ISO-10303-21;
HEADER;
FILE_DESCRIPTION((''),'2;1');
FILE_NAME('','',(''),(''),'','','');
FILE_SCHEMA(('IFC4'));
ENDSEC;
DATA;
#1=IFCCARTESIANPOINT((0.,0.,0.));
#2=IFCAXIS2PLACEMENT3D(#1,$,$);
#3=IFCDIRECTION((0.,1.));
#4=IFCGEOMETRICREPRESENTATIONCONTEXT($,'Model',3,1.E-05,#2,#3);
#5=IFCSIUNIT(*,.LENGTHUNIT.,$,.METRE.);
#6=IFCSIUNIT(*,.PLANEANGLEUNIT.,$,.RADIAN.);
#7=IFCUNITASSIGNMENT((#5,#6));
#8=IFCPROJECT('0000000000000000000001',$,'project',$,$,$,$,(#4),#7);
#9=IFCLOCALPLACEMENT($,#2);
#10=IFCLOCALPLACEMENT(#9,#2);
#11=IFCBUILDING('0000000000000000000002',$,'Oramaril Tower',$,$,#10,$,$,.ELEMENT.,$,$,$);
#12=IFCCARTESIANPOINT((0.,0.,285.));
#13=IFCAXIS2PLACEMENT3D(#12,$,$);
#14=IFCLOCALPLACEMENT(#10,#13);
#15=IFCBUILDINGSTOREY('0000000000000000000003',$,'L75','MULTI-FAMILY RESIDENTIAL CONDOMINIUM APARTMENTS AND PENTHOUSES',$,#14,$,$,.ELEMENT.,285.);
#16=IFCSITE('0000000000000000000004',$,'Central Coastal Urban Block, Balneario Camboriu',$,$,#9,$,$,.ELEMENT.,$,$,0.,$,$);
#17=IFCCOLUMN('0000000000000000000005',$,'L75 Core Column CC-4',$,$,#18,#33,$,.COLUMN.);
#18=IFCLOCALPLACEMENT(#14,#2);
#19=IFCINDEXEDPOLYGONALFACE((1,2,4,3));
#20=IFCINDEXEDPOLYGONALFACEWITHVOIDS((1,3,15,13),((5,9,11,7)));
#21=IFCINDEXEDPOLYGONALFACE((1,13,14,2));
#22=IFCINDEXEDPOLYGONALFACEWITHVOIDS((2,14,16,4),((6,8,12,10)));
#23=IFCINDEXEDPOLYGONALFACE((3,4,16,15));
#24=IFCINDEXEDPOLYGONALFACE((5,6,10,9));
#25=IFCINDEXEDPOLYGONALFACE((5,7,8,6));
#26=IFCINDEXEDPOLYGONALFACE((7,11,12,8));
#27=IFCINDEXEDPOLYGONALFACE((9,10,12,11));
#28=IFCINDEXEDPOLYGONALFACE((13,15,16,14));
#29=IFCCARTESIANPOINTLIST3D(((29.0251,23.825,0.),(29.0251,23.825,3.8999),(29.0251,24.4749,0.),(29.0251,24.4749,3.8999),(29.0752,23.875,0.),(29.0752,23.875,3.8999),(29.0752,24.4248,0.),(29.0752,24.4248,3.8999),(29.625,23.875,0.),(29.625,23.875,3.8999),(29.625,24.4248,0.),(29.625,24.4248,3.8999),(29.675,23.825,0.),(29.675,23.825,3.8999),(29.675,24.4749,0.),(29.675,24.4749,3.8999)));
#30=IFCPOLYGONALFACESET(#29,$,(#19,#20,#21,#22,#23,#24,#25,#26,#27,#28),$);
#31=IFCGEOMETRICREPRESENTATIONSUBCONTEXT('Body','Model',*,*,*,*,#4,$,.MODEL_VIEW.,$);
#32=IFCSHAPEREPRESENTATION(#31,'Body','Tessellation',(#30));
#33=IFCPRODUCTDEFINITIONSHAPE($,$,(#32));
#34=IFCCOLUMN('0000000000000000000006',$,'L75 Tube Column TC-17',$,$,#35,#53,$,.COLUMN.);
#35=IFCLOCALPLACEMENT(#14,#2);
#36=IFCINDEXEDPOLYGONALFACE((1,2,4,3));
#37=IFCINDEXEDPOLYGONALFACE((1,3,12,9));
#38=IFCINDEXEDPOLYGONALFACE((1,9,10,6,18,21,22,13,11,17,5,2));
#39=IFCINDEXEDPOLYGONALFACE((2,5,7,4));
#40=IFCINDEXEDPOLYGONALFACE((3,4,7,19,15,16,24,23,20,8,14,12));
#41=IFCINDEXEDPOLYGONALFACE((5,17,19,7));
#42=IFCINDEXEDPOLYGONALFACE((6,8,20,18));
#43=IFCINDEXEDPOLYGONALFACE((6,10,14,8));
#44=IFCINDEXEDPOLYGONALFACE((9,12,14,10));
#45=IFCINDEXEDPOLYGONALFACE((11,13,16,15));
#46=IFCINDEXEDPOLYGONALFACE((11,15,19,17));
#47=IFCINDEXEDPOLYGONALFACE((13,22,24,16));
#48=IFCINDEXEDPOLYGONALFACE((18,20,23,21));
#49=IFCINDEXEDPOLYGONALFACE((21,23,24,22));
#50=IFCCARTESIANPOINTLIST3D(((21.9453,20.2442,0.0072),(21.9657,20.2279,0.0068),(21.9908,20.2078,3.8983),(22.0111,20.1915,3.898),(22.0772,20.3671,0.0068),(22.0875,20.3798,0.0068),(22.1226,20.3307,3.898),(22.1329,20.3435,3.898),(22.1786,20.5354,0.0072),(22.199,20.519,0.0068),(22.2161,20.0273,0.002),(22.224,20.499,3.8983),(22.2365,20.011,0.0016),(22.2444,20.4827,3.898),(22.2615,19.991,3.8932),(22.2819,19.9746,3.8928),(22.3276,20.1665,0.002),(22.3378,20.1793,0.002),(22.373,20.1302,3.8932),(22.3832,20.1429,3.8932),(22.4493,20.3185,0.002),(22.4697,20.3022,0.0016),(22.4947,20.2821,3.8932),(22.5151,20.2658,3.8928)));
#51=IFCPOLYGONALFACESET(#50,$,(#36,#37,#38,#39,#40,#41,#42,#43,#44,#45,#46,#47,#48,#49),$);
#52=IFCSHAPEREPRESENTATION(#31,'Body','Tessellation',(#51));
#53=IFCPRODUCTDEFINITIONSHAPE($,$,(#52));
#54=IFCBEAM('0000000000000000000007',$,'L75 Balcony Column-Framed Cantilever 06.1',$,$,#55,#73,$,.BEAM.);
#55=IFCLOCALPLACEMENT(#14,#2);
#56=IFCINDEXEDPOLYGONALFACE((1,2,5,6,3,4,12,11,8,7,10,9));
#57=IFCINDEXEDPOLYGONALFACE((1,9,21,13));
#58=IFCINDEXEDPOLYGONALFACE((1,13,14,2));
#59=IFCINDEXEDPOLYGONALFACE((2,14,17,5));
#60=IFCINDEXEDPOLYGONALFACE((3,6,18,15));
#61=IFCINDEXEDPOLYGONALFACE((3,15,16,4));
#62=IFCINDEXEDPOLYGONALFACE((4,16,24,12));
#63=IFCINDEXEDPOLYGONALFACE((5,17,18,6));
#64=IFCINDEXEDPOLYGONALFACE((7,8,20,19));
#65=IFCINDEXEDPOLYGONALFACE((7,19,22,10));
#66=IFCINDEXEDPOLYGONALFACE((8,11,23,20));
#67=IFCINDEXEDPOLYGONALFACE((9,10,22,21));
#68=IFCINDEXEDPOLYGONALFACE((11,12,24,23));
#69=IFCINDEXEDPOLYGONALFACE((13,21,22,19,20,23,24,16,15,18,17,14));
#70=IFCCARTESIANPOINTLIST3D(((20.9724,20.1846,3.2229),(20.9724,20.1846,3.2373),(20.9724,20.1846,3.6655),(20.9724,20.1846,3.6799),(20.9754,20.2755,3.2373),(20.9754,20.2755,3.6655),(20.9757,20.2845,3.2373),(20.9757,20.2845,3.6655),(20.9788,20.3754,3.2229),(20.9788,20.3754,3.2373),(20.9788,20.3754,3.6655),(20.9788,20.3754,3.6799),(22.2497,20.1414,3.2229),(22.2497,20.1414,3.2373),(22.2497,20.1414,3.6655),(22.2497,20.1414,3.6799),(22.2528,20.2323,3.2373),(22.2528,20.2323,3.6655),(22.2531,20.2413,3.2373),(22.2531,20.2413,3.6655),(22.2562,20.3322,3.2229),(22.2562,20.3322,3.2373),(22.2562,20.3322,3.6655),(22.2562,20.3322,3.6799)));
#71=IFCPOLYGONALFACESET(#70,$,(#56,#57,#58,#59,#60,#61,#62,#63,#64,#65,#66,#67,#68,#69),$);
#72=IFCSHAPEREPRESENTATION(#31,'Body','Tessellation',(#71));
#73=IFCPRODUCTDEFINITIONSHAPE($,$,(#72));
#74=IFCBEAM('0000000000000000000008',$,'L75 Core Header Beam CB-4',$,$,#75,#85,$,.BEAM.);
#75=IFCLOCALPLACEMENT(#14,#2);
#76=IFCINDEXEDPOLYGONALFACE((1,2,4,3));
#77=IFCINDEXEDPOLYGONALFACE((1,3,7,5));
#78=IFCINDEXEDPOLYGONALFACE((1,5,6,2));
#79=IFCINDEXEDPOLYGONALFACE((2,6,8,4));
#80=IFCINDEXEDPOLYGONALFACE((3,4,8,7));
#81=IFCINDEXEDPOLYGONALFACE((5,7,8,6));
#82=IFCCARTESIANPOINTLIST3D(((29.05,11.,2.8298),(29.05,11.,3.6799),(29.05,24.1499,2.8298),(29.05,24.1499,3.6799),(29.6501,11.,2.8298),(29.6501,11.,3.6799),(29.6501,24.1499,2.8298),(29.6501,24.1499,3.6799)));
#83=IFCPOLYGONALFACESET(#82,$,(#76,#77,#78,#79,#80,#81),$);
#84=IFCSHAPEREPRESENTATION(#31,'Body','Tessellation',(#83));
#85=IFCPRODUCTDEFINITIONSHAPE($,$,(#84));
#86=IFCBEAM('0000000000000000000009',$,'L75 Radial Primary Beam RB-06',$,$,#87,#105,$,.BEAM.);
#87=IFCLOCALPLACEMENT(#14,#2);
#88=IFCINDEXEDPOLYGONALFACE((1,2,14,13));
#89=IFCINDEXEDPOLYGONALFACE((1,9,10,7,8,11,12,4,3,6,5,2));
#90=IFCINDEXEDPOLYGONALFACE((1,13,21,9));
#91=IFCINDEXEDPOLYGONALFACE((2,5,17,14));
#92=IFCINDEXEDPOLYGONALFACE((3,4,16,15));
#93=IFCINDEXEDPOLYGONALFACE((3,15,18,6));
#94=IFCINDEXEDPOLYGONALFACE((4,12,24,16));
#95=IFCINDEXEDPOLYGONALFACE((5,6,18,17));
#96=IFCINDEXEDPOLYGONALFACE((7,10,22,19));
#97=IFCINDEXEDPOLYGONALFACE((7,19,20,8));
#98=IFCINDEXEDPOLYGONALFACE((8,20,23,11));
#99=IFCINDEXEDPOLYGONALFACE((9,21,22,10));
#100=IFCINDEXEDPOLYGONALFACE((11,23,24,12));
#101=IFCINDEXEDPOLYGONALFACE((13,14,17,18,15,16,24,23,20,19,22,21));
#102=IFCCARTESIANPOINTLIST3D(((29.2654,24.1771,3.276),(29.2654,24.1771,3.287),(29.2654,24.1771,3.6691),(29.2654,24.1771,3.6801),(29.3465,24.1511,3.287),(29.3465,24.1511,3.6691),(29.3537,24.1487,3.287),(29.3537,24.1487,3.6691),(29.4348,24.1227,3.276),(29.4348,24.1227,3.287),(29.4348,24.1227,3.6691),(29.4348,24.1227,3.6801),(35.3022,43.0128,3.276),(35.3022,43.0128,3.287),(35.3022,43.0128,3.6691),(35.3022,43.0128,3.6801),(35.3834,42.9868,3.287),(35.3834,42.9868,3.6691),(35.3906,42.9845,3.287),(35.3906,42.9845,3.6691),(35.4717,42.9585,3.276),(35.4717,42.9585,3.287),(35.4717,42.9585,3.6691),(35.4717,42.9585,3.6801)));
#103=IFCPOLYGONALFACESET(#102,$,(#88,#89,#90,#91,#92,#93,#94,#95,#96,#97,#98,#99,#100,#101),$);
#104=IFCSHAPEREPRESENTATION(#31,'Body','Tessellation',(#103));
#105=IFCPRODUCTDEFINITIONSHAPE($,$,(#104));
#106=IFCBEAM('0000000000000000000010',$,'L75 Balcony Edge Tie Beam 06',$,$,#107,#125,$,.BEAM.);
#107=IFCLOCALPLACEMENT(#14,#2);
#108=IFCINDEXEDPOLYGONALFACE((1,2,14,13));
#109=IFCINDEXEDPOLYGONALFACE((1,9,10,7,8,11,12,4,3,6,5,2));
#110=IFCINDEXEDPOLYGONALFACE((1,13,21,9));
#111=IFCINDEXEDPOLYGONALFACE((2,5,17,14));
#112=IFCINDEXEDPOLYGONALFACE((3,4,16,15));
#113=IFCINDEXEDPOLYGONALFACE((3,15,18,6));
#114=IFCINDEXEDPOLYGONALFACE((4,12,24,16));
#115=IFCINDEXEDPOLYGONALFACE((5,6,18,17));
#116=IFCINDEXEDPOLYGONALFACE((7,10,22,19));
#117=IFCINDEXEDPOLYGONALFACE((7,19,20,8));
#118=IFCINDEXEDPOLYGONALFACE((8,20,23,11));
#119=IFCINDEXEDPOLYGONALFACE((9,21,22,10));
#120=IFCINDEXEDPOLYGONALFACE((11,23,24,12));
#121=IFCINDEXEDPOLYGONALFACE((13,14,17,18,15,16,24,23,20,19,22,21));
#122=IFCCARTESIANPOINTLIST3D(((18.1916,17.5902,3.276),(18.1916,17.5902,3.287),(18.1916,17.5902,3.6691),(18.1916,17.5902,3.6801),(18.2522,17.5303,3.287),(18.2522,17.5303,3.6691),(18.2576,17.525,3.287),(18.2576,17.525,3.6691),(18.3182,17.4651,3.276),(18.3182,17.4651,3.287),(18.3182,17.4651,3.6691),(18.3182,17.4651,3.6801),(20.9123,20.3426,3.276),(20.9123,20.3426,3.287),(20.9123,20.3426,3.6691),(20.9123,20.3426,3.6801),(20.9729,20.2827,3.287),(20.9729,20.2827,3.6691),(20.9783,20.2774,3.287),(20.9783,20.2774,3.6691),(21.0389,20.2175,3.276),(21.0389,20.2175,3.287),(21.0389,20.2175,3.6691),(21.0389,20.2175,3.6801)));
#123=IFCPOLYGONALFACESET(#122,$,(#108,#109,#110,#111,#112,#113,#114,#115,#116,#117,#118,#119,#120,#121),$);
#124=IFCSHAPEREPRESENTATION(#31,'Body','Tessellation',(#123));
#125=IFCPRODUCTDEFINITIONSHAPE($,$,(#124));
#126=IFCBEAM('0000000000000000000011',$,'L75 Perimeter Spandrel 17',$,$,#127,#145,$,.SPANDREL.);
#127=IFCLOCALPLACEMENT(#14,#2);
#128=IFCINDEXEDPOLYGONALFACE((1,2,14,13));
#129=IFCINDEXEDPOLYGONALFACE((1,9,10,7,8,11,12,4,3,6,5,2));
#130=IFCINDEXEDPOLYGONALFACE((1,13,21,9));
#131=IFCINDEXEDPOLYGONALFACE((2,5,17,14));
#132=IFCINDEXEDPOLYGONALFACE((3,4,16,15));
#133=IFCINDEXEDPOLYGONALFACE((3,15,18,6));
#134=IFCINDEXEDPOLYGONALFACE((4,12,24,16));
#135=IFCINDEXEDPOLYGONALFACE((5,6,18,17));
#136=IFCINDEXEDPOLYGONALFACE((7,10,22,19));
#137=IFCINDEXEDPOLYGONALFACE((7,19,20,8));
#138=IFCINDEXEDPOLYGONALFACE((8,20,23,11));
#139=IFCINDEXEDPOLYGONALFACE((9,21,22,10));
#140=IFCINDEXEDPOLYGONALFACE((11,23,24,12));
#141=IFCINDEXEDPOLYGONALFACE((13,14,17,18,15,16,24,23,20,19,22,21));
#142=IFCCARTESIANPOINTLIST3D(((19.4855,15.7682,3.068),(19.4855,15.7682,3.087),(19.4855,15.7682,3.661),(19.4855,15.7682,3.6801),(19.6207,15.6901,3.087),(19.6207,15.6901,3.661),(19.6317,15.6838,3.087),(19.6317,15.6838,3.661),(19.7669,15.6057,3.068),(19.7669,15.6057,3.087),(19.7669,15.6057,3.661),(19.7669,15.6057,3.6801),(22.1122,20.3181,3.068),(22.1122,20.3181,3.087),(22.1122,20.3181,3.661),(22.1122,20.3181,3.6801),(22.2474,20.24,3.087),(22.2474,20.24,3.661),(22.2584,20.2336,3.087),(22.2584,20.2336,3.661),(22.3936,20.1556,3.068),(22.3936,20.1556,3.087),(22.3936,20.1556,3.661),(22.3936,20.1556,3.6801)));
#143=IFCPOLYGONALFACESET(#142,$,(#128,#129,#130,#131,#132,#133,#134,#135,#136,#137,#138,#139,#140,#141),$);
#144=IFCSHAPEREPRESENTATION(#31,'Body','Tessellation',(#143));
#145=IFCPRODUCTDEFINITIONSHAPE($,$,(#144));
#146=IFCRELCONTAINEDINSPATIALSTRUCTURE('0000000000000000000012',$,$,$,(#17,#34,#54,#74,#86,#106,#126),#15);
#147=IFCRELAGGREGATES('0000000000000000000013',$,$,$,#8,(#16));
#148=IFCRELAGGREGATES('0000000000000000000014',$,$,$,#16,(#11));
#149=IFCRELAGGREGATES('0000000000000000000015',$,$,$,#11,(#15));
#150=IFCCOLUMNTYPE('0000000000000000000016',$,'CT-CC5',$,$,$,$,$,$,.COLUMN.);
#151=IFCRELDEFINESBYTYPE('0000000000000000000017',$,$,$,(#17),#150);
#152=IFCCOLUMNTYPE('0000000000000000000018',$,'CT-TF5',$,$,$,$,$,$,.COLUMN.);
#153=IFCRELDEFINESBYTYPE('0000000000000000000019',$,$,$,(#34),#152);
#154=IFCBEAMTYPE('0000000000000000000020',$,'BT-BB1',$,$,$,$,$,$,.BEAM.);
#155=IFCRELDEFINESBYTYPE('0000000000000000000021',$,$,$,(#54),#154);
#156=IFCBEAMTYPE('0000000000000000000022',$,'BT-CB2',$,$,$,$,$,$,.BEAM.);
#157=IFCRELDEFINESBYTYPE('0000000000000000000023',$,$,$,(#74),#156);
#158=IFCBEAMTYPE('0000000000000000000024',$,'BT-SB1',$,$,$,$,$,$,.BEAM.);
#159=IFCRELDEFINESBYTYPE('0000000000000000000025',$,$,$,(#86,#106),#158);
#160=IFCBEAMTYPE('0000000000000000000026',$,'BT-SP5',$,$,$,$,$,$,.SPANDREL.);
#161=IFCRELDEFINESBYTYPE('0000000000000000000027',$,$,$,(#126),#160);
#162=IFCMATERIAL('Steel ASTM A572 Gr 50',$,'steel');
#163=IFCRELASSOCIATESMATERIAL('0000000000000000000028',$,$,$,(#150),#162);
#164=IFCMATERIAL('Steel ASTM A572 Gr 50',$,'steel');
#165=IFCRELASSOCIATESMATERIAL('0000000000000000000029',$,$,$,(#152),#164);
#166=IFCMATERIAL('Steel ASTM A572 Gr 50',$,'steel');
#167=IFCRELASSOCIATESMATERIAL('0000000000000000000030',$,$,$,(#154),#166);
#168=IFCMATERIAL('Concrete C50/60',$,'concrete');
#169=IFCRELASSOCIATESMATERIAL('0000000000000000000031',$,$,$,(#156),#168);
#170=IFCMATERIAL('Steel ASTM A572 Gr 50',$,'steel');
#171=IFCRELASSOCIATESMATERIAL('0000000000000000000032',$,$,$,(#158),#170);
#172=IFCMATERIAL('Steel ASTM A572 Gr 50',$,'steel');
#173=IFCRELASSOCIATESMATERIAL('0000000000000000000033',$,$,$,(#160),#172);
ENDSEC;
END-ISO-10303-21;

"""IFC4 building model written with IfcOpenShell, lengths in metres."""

from ifc_helpers import new_model, si_unit, direction, frame, origin, origin_2d, place, context, subcontext, project, spatial, rectangle, hollow_rectangle, i_section, extrude, material, material_profile, profile_set, type_object, element, save


model = new_model("IFC4")

# Units and contexts
model_context = context("Model", 3, precision=1e-05, world=origin(), true_north=direction((0.0, 1.0)))
body_context = subcontext(model_context, "Body", "Model", "MODEL_VIEW")
ifc_project = project(units=[si_unit("LENGTHUNIT", "METRE"), si_unit("PLANEANGLEUNIT", "RADIAN")], contexts=[model_context])

# Site, building, storey
site_placement = place(None, origin())
site = spatial("IfcSite", under=ifc_project, at=site_placement, Name="Central Coastal Urban Block, Balneario Camboriu", CompositionType="ELEMENT", RefElevation=0.0)
building_placement = place(site_placement, origin())
building = spatial("IfcBuilding", under=site, at=building_placement, Name="Oramaril Tower", CompositionType="ELEMENT")
storey_placement = place(building_placement, frame((0.0, 0.0, 285.0)))
storey = spatial("IfcBuildingStorey", under=building, at=storey_placement, Name="L75", Description="MULTI-FAMILY RESIDENTIAL CONDOMINIUM APARTMENTS AND PENTHOUSES", CompositionType="ELEMENT", Elevation=285.0)

# Columns
ifc_material_1 = material(Name="Steel ASTM A572 Gr 50", Category="steel")
ifc_material_profile_1 = material_profile(ifc_material_1, hollow_rectangle(XDim=0.6499, YDim=0.6499, WallThickness=0.05, at=origin_2d()), Name="BOX650X650X50")
ifc_profile_set_1 = profile_set([ifc_material_profile_1], Name="Steel ASTM A572 Gr 50")
column_type_1 = type_object("IfcColumnType", Name="CT-CC5", PredefinedType="COLUMN", material=ifc_profile_set_1)
column_1_placement = place(storey_placement, frame((29.3501, 24.1499, 0.0), z_axis=(0.0, 0.0, 1.0), x_axis=(1.0, 0.0, 0.0)))
element("IfcColumn", 1, at=column_1_placement, inside=storey, type_object=column_type_1, Name="L75 Core Column CC-4", PredefinedType="COLUMN", context=body_context, shape_type="SweptSolid", body=[
    extrude(hollow_rectangle(XDim=0.6499, YDim=0.6499, WallThickness=0.05, at=origin_2d()), origin(), (0.0, 0.0, 1.0), 3.8999),
])
ifc_material_2 = material(Name="Steel ASTM A572 Gr 50", Category="steel")
ifc_material_profile_2 = material_profile(ifc_material_2, i_section(OverallWidth=0.373, OverallDepth=0.373, WebThickness=0.0164, FlangeThickness=0.0261, at=origin_2d()), Name="W14X132")
ifc_profile_set_2 = profile_set([ifc_material_profile_2], Name="Steel ASTM A572 Gr 50")
column_type_2 = type_object("IfcColumnType", Name="CT-TF5", PredefinedType="COLUMN", material=ifc_profile_set_2)
column_2_placement = place(storey_placement, frame((22.2075, 20.2732, 0.0044), z_axis=(0.011669, -0.009348, 0.999888), x_axis=(0.625207, 0.780459, 0.0)))
element("IfcColumn", 2, at=column_2_placement, inside=storey, type_object=column_type_2, Name="L75 Tube Column TC-17", PredefinedType="COLUMN", context=body_context, shape_type="SweptSolid", body=[
    extrude(i_section(OverallWidth=0.373, OverallDepth=0.373, WebThickness=0.0164, FlangeThickness=0.0261, at=origin_2d()), origin(), (0.0, 0.0, 1.0), 3.8916),
])

# Beams
ifc_material_3 = material(Name="Steel ASTM A572 Gr 50", Category="steel")
ifc_material_profile_3 = material_profile(ifc_material_3, i_section(OverallWidth=0.1909, OverallDepth=0.457, WebThickness=0.009, FlangeThickness=0.0144, at=origin_2d()), Name="W18X50")
ifc_profile_set_3 = profile_set([ifc_material_profile_3], Name="Steel ASTM A572 Gr 50")
beam_type_1 = type_object("IfcBeamType", Name="BT-BB1", PredefinedType="BEAM", material=ifc_profile_set_3)
beam_1_placement = place(storey_placement, frame((22.2529, 20.2368, 3.4514), z_axis=(-0.999428, 0.033811, 0.0), x_axis=(-0.033811, -0.999428, 0.0)))
element("IfcBeam", 3, at=beam_1_placement, inside=storey, type_object=beam_type_1, Name="L75 Balcony Column-Framed Cantilever 06.1", PredefinedType="BEAM", context=body_context, shape_type="SweptSolid", body=[
    extrude(i_section(OverallWidth=0.1909, OverallDepth=0.457, WebThickness=0.009, FlangeThickness=0.0144, at=origin_2d()), origin(), (0.0, 0.0, 1.0), 1.2781),
])
ifc_material_4 = material(Name="Concrete C50/60", Category="concrete")
ifc_material_profile_4 = material_profile(ifc_material_4, rectangle(XDim=0.6001, YDim=0.8501, at=origin_2d()), Name="CB600X850")
ifc_profile_set_4 = profile_set([ifc_material_profile_4], Name="Concrete C50/60")
beam_type_2 = type_object("IfcBeamType", Name="BT-CB2", PredefinedType="BEAM", material=ifc_profile_set_4)
beam_2_placement = place(storey_placement, frame((29.3501, 24.1499, 3.2549), z_axis=(0.0, -1.0, 0.0), x_axis=(1.0, 0.0, 0.0)))
element("IfcBeam", 4, at=beam_2_placement, inside=storey, type_object=beam_type_2, Name="L75 Core Header Beam CB-4", PredefinedType="BEAM", context=body_context, shape_type="SweptSolid", body=[
    extrude(rectangle(XDim=0.6001, YDim=0.8501, at=origin_2d()), origin(), (0.0, 0.0, 1.0), 13.1499),
])
ifc_material_5 = material(Name="Steel ASTM A572 Gr 50", Category="steel")
ifc_material_profile_5 = material_profile(ifc_material_5, i_section(OverallWidth=0.178, OverallDepth=0.4041, WebThickness=0.0076, FlangeThickness=0.011, at=origin_2d()), Name="W16X36")
ifc_profile_set_5 = profile_set([ifc_material_profile_5], Name="Steel ASTM A572 Gr 50")
beam_type_3 = type_object("IfcBeamType", Name="BT-SB1", PredefinedType="BEAM", material=ifc_profile_set_5)
beam_3_placement = place(storey_placement, frame((29.3501, 24.1499, 3.478), z_axis=(0.305209, 0.952285, 0.0), x_axis=(-0.952285, 0.305209, 0.0)))
element("IfcBeam", 5, at=beam_3_placement, inside=storey, type_object=beam_type_3, Name="L75 Radial Primary Beam RB-06", PredefinedType="BEAM", context=body_context, shape_type="SweptSolid", body=[
    extrude(i_section(OverallWidth=0.178, OverallDepth=0.4041, WebThickness=0.0076, FlangeThickness=0.011, at=origin_2d()), origin(), (0.0, 0.0, 1.0), 19.7795),
])
beam_4_placement = place(storey_placement, frame((20.9756, 20.28, 3.478), z_axis=(-0.702995, -0.711195, 0.0), x_axis=(0.711195, -0.702995, 0.0)))
element("IfcBeam", 6, at=beam_4_placement, inside=storey, type_object=beam_type_3, Name="L75 Balcony Edge Tie Beam 06", PredefinedType="BEAM", context=body_context, shape_type="SweptSolid", body=[
    extrude(i_section(OverallWidth=0.178, OverallDepth=0.4041, WebThickness=0.0076, FlangeThickness=0.011, at=origin_2d()), origin(), (0.0, 0.0, 1.0), 3.8701),
])
ifc_material_6 = material(Name="Steel ASTM A572 Gr 50", Category="steel")
ifc_material_profile_6 = material_profile(ifc_material_6, i_section(OverallWidth=0.325, OverallDepth=0.6121, WebThickness=0.0127, FlangeThickness=0.019, at=origin_2d()), Name="W24X104")
ifc_profile_set_6 = profile_set([ifc_material_profile_6], Name="Steel ASTM A572 Gr 50")
beam_type_4 = type_object("IfcBeamType", Name="BT-SP5", PredefinedType="SPANDREL", material=ifc_profile_set_6)
beam_5_placement = place(storey_placement, frame((22.2529, 20.2368, 3.374), z_axis=(-0.499983, -0.866035, 0.0), x_axis=(0.866035, -0.499983, 0.0)))
element("IfcBeam", 7, at=beam_5_placement, inside=storey, type_object=beam_type_4, Name="L75 Perimeter Spandrel 17", PredefinedType="SPANDREL", context=body_context, shape_type="SweptSolid", body=[
    extrude(i_section(OverallWidth=0.325, OverallDepth=0.6121, WebThickness=0.0127, FlangeThickness=0.019, at=origin_2d()), origin(), (0.0, 0.0, 1.0), 5.2537),
])

save(model, "model.ifc")
